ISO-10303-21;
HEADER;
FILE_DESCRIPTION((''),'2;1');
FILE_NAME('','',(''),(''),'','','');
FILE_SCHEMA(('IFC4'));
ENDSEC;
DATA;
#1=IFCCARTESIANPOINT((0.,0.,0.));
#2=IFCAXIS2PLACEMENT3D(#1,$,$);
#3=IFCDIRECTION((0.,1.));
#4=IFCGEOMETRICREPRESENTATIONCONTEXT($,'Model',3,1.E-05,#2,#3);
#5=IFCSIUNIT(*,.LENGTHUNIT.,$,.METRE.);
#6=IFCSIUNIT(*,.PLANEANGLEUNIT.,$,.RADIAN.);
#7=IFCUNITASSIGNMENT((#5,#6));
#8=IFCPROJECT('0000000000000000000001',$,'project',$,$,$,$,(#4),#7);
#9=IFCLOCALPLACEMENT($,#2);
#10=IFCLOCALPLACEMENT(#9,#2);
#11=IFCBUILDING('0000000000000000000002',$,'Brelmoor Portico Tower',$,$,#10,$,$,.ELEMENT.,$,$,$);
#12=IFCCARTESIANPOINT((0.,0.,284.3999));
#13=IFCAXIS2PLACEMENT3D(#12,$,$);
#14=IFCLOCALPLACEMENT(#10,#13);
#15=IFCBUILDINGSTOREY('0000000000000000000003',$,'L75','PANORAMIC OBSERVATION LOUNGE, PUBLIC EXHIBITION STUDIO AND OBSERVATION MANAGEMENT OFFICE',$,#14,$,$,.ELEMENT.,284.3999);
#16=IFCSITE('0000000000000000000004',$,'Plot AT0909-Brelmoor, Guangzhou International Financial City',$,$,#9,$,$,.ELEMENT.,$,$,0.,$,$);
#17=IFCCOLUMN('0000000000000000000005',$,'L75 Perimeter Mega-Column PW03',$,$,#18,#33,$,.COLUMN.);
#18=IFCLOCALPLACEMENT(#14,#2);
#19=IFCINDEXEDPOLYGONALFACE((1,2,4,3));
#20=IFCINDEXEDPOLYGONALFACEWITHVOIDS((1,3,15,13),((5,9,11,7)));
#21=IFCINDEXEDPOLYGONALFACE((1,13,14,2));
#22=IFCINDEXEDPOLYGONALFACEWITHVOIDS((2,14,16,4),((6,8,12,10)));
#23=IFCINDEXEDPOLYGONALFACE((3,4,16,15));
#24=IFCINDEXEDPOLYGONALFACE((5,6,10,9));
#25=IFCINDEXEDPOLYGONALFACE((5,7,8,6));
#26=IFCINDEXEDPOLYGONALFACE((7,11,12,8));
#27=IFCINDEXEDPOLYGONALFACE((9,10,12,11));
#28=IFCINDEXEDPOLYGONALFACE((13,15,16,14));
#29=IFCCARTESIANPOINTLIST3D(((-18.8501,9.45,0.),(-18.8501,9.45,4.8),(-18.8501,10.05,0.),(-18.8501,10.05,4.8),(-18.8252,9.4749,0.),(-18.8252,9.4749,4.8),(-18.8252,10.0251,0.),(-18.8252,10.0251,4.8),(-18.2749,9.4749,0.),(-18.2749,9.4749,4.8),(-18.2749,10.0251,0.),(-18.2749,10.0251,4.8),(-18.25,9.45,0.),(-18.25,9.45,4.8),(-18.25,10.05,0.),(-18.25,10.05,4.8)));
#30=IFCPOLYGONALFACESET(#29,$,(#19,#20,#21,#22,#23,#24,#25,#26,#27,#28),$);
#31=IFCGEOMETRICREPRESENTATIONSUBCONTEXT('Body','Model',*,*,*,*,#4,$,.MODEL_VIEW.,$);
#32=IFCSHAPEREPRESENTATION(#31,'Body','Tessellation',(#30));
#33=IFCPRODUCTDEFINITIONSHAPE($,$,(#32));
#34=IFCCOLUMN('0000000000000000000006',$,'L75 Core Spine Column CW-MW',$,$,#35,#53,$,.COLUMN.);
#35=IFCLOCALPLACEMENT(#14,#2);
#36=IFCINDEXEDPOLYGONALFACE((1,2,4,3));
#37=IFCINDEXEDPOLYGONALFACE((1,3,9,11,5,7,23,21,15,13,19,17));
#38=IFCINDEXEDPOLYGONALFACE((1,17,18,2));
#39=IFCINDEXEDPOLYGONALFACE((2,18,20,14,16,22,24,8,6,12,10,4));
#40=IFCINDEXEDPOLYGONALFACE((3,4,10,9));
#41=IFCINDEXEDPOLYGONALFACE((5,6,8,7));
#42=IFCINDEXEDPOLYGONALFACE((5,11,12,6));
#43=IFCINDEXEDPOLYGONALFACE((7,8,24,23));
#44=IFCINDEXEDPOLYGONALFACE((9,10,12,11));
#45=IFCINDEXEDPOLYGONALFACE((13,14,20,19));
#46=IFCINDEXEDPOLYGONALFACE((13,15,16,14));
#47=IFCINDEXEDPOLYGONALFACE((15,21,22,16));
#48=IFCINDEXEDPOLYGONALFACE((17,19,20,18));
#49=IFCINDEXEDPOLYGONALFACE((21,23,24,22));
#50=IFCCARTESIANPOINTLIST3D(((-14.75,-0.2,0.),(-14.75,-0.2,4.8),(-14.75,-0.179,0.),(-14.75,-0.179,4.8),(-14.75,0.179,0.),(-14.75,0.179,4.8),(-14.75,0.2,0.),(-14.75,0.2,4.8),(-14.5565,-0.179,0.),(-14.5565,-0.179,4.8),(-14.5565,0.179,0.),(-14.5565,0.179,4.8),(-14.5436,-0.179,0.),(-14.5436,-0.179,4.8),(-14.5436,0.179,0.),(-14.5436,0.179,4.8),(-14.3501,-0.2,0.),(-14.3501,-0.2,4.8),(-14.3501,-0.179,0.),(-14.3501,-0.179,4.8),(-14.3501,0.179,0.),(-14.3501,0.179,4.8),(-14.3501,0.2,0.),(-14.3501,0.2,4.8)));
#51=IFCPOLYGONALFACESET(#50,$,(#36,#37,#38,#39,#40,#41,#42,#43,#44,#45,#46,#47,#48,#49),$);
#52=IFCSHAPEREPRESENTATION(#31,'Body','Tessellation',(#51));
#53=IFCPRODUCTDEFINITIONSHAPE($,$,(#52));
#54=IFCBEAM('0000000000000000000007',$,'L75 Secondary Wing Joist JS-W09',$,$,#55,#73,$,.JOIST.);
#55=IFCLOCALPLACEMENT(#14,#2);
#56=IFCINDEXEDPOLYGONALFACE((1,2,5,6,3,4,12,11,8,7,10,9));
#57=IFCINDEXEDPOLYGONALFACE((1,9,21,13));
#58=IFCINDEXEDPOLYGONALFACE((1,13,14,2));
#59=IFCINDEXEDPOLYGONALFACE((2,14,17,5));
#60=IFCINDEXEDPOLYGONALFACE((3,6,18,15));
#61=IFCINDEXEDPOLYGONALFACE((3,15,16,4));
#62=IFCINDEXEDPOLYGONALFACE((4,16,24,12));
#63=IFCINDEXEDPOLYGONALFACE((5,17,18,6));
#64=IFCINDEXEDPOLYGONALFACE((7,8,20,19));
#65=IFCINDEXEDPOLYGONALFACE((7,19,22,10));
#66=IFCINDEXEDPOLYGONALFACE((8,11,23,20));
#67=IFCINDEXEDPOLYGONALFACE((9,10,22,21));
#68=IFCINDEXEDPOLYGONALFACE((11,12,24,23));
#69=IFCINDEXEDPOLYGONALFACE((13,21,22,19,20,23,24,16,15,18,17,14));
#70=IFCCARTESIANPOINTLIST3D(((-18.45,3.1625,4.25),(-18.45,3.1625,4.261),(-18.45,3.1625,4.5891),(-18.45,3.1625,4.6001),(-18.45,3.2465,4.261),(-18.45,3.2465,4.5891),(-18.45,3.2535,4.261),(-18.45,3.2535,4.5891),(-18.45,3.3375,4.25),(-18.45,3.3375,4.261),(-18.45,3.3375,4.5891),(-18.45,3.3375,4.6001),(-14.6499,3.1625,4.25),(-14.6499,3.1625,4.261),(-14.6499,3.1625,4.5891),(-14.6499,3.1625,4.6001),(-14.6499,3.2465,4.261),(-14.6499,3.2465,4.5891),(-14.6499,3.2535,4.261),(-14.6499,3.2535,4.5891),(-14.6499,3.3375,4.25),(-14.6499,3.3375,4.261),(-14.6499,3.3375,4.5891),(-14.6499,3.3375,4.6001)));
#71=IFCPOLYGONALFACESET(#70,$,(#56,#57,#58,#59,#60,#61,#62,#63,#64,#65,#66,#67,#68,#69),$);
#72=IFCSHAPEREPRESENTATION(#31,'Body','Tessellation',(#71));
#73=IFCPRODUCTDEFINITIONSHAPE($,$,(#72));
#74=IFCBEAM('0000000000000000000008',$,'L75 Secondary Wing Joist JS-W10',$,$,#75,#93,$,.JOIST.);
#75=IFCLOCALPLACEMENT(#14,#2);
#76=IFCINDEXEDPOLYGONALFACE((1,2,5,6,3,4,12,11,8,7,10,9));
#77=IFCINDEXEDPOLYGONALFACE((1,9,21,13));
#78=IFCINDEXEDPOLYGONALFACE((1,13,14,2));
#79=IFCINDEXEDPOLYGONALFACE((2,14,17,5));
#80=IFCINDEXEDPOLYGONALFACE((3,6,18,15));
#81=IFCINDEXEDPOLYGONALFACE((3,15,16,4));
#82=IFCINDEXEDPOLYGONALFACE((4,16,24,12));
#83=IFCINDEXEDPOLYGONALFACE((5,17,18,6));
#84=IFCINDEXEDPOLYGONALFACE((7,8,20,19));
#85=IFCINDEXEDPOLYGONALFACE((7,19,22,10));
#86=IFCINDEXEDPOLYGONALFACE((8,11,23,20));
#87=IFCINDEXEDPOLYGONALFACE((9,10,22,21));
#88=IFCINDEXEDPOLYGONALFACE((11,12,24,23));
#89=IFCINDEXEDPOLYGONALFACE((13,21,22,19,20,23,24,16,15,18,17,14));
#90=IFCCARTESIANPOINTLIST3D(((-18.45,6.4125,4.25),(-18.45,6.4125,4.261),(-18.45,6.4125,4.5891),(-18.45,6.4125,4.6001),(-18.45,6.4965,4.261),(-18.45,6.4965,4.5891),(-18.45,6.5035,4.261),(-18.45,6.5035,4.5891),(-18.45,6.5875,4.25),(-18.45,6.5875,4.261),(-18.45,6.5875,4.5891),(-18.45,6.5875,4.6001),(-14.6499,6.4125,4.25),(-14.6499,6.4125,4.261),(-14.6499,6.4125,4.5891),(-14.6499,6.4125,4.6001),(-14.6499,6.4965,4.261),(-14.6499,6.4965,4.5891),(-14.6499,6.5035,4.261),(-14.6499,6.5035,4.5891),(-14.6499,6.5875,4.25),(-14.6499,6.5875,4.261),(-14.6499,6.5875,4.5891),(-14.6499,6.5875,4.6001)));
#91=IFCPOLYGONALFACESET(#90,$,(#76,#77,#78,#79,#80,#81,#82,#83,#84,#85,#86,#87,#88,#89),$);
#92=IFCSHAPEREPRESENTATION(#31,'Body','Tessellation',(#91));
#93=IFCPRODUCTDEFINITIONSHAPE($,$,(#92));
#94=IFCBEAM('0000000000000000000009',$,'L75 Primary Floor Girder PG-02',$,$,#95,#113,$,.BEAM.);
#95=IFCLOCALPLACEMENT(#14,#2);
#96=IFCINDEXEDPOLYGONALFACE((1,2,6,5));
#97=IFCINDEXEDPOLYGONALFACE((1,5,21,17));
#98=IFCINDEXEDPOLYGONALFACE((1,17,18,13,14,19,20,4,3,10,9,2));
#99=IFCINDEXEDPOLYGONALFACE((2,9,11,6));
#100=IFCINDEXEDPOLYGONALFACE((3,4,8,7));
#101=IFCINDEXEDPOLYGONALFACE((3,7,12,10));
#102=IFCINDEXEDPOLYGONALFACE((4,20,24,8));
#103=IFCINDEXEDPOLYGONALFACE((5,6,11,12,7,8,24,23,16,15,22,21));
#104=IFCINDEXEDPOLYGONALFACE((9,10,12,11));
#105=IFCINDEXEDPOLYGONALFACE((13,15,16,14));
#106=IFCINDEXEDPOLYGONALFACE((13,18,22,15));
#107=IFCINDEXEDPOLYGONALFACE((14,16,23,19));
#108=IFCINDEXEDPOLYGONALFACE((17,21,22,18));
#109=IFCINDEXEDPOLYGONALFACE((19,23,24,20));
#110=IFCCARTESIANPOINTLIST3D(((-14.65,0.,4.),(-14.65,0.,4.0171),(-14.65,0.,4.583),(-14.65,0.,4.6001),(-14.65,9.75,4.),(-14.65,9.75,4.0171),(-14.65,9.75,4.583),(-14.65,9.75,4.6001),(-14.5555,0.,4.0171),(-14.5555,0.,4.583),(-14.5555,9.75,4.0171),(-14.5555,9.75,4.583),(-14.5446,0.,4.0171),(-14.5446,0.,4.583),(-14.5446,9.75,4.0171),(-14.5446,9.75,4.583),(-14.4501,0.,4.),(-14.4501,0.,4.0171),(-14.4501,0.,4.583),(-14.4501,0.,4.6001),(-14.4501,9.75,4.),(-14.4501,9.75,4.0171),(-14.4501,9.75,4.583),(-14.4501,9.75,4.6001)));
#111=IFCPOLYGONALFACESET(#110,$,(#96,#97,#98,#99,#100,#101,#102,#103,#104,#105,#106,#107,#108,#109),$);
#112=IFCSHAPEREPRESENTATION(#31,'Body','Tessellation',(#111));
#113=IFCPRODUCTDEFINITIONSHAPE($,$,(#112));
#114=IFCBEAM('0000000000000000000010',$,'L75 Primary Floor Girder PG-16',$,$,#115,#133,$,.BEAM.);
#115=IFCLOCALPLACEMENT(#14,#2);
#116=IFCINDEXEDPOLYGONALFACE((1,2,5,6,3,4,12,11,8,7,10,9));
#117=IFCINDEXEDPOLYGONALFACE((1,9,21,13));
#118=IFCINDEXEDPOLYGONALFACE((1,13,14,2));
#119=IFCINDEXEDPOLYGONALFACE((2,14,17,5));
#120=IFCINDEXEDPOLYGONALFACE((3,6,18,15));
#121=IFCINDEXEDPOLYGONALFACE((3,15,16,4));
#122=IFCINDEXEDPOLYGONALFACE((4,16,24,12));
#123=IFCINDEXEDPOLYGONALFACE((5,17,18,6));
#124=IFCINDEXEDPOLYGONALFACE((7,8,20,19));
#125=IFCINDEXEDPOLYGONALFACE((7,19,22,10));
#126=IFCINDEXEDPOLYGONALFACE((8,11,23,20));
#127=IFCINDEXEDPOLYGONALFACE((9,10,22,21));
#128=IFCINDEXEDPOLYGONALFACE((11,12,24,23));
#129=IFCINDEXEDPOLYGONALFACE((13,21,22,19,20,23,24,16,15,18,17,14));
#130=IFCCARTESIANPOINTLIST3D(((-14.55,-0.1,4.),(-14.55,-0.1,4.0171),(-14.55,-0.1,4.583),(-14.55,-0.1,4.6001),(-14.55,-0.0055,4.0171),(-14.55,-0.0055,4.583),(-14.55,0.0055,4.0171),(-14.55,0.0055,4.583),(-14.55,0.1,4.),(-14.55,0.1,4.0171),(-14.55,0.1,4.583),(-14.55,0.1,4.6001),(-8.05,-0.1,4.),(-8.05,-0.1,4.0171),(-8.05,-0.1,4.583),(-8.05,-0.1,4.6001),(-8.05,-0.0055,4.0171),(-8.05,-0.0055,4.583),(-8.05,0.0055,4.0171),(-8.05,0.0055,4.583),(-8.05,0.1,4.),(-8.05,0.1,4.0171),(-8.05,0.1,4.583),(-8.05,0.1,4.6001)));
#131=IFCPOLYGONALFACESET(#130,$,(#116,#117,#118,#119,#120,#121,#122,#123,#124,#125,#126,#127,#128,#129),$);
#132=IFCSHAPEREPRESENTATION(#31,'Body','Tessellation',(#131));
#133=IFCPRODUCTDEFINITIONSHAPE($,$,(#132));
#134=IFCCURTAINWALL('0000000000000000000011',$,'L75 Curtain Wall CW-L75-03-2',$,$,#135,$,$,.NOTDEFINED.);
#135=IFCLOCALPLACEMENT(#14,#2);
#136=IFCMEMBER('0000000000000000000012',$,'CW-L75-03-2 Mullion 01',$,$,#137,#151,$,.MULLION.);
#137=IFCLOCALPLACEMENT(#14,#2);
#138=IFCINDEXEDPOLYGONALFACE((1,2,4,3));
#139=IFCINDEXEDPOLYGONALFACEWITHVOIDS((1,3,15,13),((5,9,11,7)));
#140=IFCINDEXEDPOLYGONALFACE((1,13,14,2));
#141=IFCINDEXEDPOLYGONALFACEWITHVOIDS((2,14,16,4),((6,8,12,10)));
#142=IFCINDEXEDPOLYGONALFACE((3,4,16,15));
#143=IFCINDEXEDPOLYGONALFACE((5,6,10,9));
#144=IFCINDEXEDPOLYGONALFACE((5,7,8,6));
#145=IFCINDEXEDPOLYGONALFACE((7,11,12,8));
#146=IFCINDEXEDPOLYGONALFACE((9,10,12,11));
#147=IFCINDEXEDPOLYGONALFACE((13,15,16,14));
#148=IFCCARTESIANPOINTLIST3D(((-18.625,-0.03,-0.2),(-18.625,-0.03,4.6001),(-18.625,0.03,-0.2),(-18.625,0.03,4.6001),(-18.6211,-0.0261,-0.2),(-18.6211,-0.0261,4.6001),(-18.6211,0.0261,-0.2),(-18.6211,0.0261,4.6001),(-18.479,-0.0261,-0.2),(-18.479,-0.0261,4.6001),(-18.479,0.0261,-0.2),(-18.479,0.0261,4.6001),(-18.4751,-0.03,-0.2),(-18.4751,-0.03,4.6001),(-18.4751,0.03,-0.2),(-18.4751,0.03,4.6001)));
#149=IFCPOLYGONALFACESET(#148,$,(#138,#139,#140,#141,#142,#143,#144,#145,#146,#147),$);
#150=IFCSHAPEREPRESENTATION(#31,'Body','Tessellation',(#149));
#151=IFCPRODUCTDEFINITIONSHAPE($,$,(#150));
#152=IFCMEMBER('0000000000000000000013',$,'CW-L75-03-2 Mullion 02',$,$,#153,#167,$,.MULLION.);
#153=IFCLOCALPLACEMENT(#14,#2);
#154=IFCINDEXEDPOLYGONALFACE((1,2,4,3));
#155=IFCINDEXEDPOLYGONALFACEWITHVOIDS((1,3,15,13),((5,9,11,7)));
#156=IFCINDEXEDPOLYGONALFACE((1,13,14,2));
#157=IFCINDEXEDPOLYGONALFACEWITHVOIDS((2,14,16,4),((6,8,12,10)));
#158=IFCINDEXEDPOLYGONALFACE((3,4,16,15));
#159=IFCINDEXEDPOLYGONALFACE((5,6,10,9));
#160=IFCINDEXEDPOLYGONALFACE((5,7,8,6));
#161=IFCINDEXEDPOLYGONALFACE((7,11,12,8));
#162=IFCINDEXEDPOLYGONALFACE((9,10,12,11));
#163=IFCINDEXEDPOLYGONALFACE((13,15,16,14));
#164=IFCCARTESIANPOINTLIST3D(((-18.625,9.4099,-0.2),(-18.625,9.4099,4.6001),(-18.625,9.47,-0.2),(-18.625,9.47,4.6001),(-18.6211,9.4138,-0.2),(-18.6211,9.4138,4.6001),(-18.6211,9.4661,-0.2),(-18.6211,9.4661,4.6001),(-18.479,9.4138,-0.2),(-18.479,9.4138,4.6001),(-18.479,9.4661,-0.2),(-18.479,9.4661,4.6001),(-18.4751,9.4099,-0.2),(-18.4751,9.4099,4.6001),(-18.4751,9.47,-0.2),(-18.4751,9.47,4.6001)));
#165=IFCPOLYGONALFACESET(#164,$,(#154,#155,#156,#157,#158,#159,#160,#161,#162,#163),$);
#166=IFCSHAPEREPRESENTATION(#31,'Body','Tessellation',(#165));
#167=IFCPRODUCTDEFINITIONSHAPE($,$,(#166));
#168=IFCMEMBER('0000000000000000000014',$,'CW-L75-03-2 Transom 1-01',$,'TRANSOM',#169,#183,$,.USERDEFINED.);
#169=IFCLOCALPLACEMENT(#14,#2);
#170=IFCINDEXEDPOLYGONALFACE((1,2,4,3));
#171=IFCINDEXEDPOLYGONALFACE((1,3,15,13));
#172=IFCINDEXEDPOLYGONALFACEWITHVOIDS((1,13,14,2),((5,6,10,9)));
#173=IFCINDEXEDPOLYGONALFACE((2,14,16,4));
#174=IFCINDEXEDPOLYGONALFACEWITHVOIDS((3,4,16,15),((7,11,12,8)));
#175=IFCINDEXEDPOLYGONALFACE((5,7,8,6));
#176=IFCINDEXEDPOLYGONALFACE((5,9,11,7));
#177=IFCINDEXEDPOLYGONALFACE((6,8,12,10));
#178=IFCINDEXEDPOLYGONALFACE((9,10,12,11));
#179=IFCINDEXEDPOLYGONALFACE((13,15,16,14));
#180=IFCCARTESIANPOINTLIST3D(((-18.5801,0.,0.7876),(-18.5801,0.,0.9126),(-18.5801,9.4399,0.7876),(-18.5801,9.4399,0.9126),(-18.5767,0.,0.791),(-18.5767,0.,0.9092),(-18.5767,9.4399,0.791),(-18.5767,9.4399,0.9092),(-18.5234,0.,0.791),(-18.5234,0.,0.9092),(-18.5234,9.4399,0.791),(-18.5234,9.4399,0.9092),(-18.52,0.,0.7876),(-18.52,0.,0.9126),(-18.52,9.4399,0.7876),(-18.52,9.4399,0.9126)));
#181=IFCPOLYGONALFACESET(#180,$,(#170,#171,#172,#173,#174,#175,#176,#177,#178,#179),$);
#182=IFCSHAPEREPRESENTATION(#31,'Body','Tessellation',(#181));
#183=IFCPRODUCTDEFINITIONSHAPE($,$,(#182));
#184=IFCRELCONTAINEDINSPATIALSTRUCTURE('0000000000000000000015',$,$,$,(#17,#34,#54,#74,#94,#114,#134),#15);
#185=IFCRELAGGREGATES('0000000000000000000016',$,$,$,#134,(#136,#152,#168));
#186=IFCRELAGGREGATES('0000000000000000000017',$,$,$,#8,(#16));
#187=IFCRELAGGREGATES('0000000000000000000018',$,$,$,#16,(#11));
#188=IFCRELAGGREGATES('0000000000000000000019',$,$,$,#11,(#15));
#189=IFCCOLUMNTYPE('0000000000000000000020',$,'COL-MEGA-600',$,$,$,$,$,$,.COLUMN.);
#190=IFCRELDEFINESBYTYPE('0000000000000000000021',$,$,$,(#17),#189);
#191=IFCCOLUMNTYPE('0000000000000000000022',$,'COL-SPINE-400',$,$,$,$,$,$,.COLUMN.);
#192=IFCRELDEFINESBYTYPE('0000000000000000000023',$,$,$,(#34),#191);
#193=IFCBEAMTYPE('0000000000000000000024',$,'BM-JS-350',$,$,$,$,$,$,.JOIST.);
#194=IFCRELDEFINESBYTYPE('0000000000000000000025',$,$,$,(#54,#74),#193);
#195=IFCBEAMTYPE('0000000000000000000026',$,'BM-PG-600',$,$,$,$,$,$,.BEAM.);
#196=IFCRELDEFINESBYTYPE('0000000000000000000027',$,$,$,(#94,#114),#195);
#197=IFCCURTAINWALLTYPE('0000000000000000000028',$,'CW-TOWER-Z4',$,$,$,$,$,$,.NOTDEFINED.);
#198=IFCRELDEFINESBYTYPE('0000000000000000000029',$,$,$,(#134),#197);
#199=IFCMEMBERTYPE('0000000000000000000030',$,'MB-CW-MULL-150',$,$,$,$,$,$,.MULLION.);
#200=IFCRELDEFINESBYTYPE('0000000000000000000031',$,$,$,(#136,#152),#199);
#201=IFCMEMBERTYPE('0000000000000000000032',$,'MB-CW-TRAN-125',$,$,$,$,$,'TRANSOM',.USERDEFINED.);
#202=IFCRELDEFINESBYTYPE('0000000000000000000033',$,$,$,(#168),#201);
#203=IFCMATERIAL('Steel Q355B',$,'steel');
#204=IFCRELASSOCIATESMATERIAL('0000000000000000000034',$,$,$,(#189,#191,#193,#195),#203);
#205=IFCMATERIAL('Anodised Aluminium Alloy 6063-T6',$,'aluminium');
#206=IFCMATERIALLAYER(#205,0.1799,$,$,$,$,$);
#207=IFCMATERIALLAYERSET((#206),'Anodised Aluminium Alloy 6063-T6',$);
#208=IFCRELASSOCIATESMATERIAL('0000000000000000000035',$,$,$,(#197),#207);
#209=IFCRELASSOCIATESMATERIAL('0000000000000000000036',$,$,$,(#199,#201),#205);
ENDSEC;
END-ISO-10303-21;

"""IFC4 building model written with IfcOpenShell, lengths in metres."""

from ifc_helpers import new_model, si_unit, direction, frame, origin, origin_2d, place, context, subcontext, project, spatial, hollow_rectangle, i_section, extrude, material, layer, layer_set, material_profile, profile_set, type_object, element, aggregate, save


model = new_model("IFC4")

# Units and contexts
model_context = context("Model", 3, precision=1e-05, world=origin(), true_north=direction((0.0, 1.0)))
body_context = subcontext(model_context, "Body", "Model", "MODEL_VIEW")
ifc_project = project(units=[si_unit("LENGTHUNIT", "METRE"), si_unit("PLANEANGLEUNIT", "RADIAN")], contexts=[model_context])

# Site, building, storey
site_placement = place(None, origin())
site = spatial("IfcSite", under=ifc_project, at=site_placement, Name="Plot AT0909-Brelmoor, Guangzhou International Financial City", CompositionType="ELEMENT", RefElevation=0.0)
building_placement = place(site_placement, origin())
building = spatial("IfcBuilding", under=site, at=building_placement, Name="Brelmoor Portico Tower", CompositionType="ELEMENT")
storey_placement = place(building_placement, frame((0.0, 0.0, 284.3999)))
storey = spatial("IfcBuildingStorey", under=building, at=storey_placement, Name="L75", Description="PANORAMIC OBSERVATION LOUNGE, PUBLIC EXHIBITION STUDIO AND OBSERVATION MANAGEMENT OFFICE", CompositionType="ELEMENT", Elevation=284.3999)

# Columns
ifc_material_1 = material(Name="Steel Q355B", Category="steel")
ifc_material_profile_1 = material_profile(ifc_material_1, hollow_rectangle(XDim=0.6001, YDim=0.6001, WallThickness=0.0249, at=origin_2d()), Name="BOX 600x600x25")
ifc_profile_set_1 = profile_set([ifc_material_profile_1], Name="Steel Q355B")
column_type_1 = type_object("IfcColumnType", Name="COL-MEGA-600", PredefinedType="COLUMN", material=ifc_profile_set_1)
column_1_placement = place(storey_placement, frame((-18.55, 9.75, 0.0), z_axis=(0.0, 0.0, 1.0), x_axis=(0.0, 1.0, 0.0)))
element("IfcColumn", 1, at=column_1_placement, inside=storey, type_object=column_type_1, Name="L75 Perimeter Mega-Column PW03", PredefinedType="COLUMN", context=body_context, shape_type="SweptSolid", body=[
    extrude(hollow_rectangle(XDim=0.6001, YDim=0.6001, WallThickness=0.0249, at=origin_2d()), origin(), (0.0, 0.0, 1.0), 4.8),
])
ifc_material_profile_2 = material_profile(ifc_material_1, i_section(OverallWidth=0.3999, OverallDepth=0.3999, WebThickness=0.0129, FlangeThickness=0.021, at=origin_2d()), Name="HW 400x400x13x21")
ifc_profile_set_2 = profile_set([ifc_material_profile_2], Name="Steel Q355B")
column_type_2 = type_object("IfcColumnType", Name="COL-SPINE-400", PredefinedType="COLUMN", material=ifc_profile_set_2)
column_2_placement = place(storey_placement, frame((-14.55, 0.0, 0.0), z_axis=(0.0, 0.0, 1.0), x_axis=(1.0, 0.0, 0.0)))
element("IfcColumn", 2, at=column_2_placement, inside=storey, type_object=column_type_2, Name="L75 Core Spine Column CW-MW", PredefinedType="COLUMN", context=body_context, shape_type="SweptSolid", body=[
    extrude(i_section(OverallWidth=0.3999, OverallDepth=0.3999, WebThickness=0.0129, FlangeThickness=0.021, at=origin_2d()), origin(), (0.0, 0.0, 1.0), 4.8),
])

# Beams
ifc_material_profile_3 = material_profile(ifc_material_1, i_section(OverallWidth=0.175, OverallDepth=0.3501, WebThickness=0.0071, FlangeThickness=0.011, at=origin_2d()), Name="HN 350x175x7x11")
ifc_profile_set_3 = profile_set([ifc_material_profile_3], Name="Steel Q355B")
beam_type_1 = type_object("IfcBeamType", Name="BM-JS-350", PredefinedType="JOIST", material=ifc_profile_set_3)
for number, where, z_axis, x_axis, name in (
    (3, (-18.45, 3.25, 4.425), (1.0, 0.0, 0.0), (0.0, 1.0, 0.0), "L75 Secondary Wing Joist JS-W09"),
    (4, (-18.45, 6.5, 4.425), (1.0, 0.0, 0.0), (0.0, 1.0, 0.0), "L75 Secondary Wing Joist JS-W10"),
):
    element("IfcBeam", number, at=place(storey_placement, frame(where, z_axis=z_axis, x_axis=x_axis)), inside=storey, type_object=beam_type_1, Name=name, PredefinedType="JOIST", context=body_context, shape_type="SweptSolid", body=[
        extrude(i_section(OverallWidth=0.175, OverallDepth=0.3501, WebThickness=0.0071, FlangeThickness=0.011, at=origin_2d()), origin(), (0.0, 0.0, 1.0), 3.8),
    ])
ifc_material_profile_4 = material_profile(ifc_material_1, i_section(OverallWidth=0.2, OverallDepth=0.6001, WebThickness=0.011, FlangeThickness=0.0171, at=origin_2d()), Name="HN 600x200x11x17")
ifc_profile_set_4 = profile_set([ifc_material_profile_4], Name="Steel Q355B")
beam_type_2 = type_object("IfcBeamType", Name="BM-PG-600", PredefinedType="BEAM", material=ifc_profile_set_4)
beam_1_placement = place(storey_placement, frame((-14.55, 0.0, 4.3), z_axis=(0.0, 1.0, 0.0), x_axis=(-1.0, 0.0, 0.0)))
element("IfcBeam", 5, at=beam_1_placement, inside=storey, type_object=beam_type_2, Name="L75 Primary Floor Girder PG-02", PredefinedType="BEAM", context=body_context, shape_type="SweptSolid", body=[
    extrude(i_section(OverallWidth=0.2, OverallDepth=0.6001, WebThickness=0.011, FlangeThickness=0.0171, at=origin_2d()), origin(), (0.0, 0.0, 1.0), 9.75),
])
beam_2_placement = place(storey_placement, frame((-14.55, 0.0, 4.3), z_axis=(1.0, 0.0, 0.0), x_axis=(0.0, 1.0, 0.0)))
element("IfcBeam", 6, at=beam_2_placement, inside=storey, type_object=beam_type_2, Name="L75 Primary Floor Girder PG-16", PredefinedType="BEAM", context=body_context, shape_type="SweptSolid", body=[
    extrude(i_section(OverallWidth=0.2, OverallDepth=0.6001, WebThickness=0.011, FlangeThickness=0.0171, at=origin_2d()), origin(), (0.0, 0.0, 1.0), 6.5),
])

# Curtain wall, members
ifc_material_2 = material(Name="Anodised Aluminium Alloy 6063-T6", Category="aluminium")
ifc_layer_1 = layer(ifc_material_2, 0.1799)
ifc_layer_set_1 = layer_set([ifc_layer_1], Name="Anodised Aluminium Alloy 6063-T6")
curtain_wall_type = type_object("IfcCurtainWallType", Name="CW-TOWER-Z4", PredefinedType="NOTDEFINED", material=ifc_layer_set_1)
curtain_wall_placement = place(storey_placement, origin())
curtain_wall = element("IfcCurtainWall", 7, at=curtain_wall_placement, inside=storey, type_object=curtain_wall_type, Name="L75 Curtain Wall CW-L75-03-2", PredefinedType="NOTDEFINED")
ifc_material_profile_5 = material_profile(ifc_material_2, hollow_rectangle(XDim=0.0601, YDim=0.1499, WallThickness=0.0039, at=origin_2d()), Name="ALU MULLION 60x150")
ifc_profile_set_5 = profile_set([ifc_material_profile_5], Name="Anodised Aluminium Alloy 6063-T6")
member_type_1 = type_object("IfcMemberType", Name="MB-CW-MULL-150", PredefinedType="MULLION", material=ifc_profile_set_5)
member_1_placement = place(storey_placement, frame((-18.55, 0.0, -0.2), z_axis=(0.0, 0.0, 1.0), x_axis=(0.0, 1.0, 0.0)))
member_1 = element("IfcMember", 8, at=member_1_placement, type_object=member_type_1, Name="CW-L75-03-2 Mullion 01", PredefinedType="MULLION", context=body_context, shape_type="SweptSolid", body=[
    extrude(hollow_rectangle(XDim=0.0601, YDim=0.1499, WallThickness=0.0039, at=origin_2d()), origin(), (0.0, 0.0, 1.0), 4.8),
])
member_2_placement = place(storey_placement, frame((-18.55, 9.4399, -0.2), z_axis=(0.0, 0.0, 1.0), x_axis=(0.0, 1.0, 0.0)))
member_2 = element("IfcMember", 9, at=member_2_placement, type_object=member_type_1, Name="CW-L75-03-2 Mullion 02", PredefinedType="MULLION", context=body_context, shape_type="SweptSolid", body=[
    extrude(hollow_rectangle(XDim=0.0601, YDim=0.1499, WallThickness=0.0039, at=origin_2d()), origin(), (0.0, 0.0, 1.0), 4.8),
])
ifc_material_profile_6 = material_profile(ifc_material_2, hollow_rectangle(XDim=0.0601, YDim=0.125, WallThickness=0.0034, at=origin_2d()), Name="ALU TRANSOM 60x125")
ifc_profile_set_6 = profile_set([ifc_material_profile_6], Name="Anodised Aluminium Alloy 6063-T6")
member_type_2 = type_object("IfcMemberType", Name="MB-CW-TRAN-125", ElementType="TRANSOM", PredefinedType="USERDEFINED", material=ifc_profile_set_6)
member_3_placement = place(storey_placement, frame((-18.55, 0.0, 0.8501), z_axis=(0.0, 1.0, 0.0), x_axis=(-1.0, 0.0, 0.0)))
member_3 = element("IfcMember", 10, at=member_3_placement, type_object=member_type_2, Name="CW-L75-03-2 Transom 1-01", ObjectType="TRANSOM", PredefinedType="USERDEFINED", context=body_context, shape_type="SweptSolid", body=[
    extrude(hollow_rectangle(XDim=0.0601, YDim=0.125, WallThickness=0.0034, at=origin_2d()), origin(), (0.0, 0.0, 1.0), 9.4399),
])

aggregate(curtain_wall, [member_1, member_2, member_3])

save(model, "model.ifc")
